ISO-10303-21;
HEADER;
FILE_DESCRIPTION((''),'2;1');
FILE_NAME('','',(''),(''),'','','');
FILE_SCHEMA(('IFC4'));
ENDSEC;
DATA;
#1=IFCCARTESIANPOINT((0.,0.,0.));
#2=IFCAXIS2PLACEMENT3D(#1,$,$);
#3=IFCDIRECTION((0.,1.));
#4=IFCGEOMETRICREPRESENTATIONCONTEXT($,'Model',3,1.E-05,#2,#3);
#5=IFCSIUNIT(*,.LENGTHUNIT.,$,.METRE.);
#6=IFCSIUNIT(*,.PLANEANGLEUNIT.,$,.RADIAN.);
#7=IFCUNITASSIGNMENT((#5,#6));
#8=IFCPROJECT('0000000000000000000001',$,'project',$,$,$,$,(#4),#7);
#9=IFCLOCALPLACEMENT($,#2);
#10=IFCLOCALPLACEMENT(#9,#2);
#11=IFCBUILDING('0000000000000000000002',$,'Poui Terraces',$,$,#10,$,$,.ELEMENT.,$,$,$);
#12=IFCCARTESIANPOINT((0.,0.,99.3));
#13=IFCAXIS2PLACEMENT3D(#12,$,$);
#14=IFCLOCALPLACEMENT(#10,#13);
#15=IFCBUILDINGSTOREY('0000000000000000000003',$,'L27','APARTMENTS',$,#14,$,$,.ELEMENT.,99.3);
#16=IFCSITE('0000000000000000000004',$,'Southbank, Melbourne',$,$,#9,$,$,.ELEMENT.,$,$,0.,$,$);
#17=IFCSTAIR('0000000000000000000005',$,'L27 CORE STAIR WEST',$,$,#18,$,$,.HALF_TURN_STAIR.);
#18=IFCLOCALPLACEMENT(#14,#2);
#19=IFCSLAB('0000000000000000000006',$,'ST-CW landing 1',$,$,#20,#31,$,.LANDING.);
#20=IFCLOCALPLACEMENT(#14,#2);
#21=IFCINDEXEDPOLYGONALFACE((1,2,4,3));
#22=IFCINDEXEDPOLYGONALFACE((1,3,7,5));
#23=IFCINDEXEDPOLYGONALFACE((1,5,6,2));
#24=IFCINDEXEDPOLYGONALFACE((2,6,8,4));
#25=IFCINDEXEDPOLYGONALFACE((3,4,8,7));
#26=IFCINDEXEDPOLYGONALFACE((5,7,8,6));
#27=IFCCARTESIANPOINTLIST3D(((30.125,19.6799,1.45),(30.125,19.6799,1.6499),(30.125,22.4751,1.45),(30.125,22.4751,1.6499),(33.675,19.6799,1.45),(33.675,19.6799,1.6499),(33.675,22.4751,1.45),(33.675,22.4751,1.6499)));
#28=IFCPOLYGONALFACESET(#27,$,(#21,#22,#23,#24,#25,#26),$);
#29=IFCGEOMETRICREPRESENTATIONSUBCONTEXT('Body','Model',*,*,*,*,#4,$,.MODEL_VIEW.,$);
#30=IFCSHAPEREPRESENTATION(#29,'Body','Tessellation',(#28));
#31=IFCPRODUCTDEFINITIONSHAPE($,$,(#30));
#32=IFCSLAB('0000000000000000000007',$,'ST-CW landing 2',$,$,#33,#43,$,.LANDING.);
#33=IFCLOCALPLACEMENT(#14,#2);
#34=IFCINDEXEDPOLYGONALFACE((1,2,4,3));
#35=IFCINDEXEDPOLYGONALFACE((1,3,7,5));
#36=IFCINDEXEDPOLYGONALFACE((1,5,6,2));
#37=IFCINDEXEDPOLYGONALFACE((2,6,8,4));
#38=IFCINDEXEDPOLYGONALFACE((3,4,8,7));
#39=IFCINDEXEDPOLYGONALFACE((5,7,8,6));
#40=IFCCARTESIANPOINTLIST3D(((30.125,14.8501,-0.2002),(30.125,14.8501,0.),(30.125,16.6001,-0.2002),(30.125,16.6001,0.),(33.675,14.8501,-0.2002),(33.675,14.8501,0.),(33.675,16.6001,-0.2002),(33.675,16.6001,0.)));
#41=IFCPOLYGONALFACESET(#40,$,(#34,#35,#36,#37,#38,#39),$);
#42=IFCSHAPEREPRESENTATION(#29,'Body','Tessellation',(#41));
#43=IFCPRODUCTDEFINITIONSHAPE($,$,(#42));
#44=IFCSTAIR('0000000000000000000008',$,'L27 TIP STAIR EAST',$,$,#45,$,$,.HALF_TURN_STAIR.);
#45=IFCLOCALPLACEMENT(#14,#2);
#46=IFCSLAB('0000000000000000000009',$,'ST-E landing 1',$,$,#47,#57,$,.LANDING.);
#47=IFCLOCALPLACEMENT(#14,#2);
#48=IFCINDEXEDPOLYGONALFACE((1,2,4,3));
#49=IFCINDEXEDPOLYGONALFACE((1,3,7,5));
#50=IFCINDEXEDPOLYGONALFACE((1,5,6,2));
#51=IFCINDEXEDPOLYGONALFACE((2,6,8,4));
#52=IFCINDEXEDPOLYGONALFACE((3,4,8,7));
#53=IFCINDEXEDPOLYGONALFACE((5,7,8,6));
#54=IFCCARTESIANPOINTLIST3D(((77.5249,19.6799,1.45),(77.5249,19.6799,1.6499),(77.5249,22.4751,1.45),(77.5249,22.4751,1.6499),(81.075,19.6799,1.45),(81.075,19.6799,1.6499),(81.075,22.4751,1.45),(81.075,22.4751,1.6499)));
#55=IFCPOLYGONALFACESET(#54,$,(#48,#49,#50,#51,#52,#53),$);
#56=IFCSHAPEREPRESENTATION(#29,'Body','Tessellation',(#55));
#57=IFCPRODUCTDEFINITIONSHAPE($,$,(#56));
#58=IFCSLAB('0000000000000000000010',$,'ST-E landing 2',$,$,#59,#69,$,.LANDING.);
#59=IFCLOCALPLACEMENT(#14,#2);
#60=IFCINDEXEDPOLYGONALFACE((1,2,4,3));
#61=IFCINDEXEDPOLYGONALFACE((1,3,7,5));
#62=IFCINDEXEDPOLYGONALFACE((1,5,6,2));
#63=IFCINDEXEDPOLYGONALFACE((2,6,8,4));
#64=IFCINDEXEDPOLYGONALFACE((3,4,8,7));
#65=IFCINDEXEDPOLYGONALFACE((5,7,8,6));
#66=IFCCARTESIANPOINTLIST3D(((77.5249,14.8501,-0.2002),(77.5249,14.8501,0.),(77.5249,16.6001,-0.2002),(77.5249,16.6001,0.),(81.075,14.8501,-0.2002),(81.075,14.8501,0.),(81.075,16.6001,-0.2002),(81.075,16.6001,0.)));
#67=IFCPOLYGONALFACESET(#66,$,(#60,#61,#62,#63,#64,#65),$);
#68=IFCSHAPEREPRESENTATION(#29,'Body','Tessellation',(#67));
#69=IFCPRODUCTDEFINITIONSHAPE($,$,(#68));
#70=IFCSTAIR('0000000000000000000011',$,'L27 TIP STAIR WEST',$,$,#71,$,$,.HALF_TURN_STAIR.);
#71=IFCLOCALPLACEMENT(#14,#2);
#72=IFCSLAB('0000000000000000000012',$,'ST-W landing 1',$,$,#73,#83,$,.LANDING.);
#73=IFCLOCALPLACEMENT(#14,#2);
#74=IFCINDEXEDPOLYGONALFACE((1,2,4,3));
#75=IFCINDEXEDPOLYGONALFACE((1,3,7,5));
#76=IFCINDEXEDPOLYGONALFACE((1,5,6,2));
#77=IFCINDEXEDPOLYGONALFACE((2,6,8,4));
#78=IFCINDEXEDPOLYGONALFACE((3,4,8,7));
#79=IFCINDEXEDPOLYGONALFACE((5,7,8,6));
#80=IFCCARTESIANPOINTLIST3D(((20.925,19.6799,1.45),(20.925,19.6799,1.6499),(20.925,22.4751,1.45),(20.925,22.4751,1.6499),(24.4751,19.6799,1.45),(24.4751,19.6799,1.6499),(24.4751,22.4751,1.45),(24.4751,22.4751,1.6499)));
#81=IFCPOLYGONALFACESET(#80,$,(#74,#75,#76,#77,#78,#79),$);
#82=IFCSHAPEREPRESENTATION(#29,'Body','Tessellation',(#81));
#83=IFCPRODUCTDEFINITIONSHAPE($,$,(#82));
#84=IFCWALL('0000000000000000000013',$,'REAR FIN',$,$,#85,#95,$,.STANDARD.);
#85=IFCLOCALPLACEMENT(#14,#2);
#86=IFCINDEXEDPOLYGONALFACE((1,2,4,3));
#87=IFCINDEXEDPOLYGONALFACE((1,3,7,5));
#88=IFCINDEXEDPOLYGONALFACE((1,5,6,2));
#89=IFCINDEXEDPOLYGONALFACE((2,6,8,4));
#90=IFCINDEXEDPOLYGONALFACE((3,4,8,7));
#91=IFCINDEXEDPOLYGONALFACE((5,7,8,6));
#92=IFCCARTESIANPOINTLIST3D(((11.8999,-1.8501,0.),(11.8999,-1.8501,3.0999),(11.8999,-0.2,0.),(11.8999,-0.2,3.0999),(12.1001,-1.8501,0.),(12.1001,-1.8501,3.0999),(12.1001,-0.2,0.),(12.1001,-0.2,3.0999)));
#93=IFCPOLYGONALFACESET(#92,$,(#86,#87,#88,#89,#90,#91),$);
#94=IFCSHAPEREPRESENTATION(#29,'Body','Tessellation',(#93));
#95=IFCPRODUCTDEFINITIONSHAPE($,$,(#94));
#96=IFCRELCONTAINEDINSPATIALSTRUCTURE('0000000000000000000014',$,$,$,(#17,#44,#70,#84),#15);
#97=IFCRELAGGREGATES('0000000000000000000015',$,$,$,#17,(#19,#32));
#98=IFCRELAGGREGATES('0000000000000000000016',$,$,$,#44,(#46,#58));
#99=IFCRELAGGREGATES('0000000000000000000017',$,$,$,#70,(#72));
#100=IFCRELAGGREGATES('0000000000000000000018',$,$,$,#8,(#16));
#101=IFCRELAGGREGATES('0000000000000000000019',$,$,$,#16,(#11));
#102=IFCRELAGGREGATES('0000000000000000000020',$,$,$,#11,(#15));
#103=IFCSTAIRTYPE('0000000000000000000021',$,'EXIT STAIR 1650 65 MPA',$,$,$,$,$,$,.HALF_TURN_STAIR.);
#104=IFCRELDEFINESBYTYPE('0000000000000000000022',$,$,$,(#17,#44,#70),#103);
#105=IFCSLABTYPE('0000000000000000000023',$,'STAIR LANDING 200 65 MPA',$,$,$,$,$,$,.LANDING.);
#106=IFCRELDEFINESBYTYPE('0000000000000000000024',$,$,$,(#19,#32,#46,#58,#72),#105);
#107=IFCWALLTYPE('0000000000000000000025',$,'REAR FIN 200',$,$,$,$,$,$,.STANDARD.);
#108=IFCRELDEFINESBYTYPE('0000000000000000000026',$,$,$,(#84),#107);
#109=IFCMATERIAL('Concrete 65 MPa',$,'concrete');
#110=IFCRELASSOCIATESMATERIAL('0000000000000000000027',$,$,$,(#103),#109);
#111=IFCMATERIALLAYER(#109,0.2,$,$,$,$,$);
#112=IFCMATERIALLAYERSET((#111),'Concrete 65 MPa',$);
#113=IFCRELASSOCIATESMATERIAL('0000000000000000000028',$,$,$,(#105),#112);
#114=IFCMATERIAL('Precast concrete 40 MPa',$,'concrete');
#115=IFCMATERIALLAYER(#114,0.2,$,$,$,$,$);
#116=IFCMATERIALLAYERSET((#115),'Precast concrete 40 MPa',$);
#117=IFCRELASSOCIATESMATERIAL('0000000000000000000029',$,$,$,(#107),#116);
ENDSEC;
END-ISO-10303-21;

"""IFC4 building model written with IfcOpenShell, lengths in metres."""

from ifc_helpers import new_model, si_unit, direction, frame, origin, place, context, subcontext, project, spatial, polyline, outline, extrude, source, transform, mapped, material, layer, layer_set, type_object, element, aggregate, save


model = new_model("IFC4")

# Units and contexts
model_context = context("Model", 3, precision=1e-05, world=origin(), true_north=direction((0.0, 1.0)))
body_context = subcontext(model_context, "Body", "Model", "MODEL_VIEW")
ifc_project = project(units=[si_unit("LENGTHUNIT", "METRE"), si_unit("PLANEANGLEUNIT", "RADIAN")], contexts=[model_context])

# Site, building, storey
site_placement = place(None, origin())
site = spatial("IfcSite", under=ifc_project, at=site_placement, Name="Southbank, Melbourne", CompositionType="ELEMENT", RefElevation=0.0)
building_placement = place(site_placement, origin())
building = spatial("IfcBuilding", under=site, at=building_placement, Name="Poui Terraces", CompositionType="ELEMENT")
storey_placement = place(building_placement, frame((0.0, 0.0, 99.3)))
storey = spatial("IfcBuildingStorey", under=building, at=storey_placement, Name="L27", Description="APARTMENTS", CompositionType="ELEMENT", Elevation=99.3)

# Stairs, slabs
ifc_material_1 = material(Name="Concrete 65 MPa", Category="concrete")
stair_type = type_object("IfcStairType", Name="EXIT STAIR 1650 65 MPA", PredefinedType="HALF_TURN_STAIR", material=ifc_material_1)
stair_1_placement = place(storey_placement, origin())
stair_1 = element("IfcStair", 1, at=stair_1_placement, inside=storey, type_object=stair_type, Name="L27 CORE STAIR WEST", PredefinedType="HALF_TURN_STAIR")
ifc_layer_1 = layer(ifc_material_1, 0.2)
ifc_layer_set_1 = layer_set([ifc_layer_1], Name="Concrete 65 MPa")
slab_type = type_object("IfcSlabType", Name="STAIR LANDING 200 65 MPA", PredefinedType="LANDING", material=ifc_layer_set_1)
slab_1_placement = place(storey_placement, frame((0.0, 0.0, 1.45)))
slab_1 = element("IfcSlab", 2, at=slab_1_placement, type_object=slab_type, Name="ST-CW landing 1", PredefinedType="LANDING", context=body_context, shape_type="SweptSolid", body=[
    extrude(outline(polyline([(30.125, 19.6799), (33.675, 19.6799), (33.675, 22.4751), (30.125, 22.4751), (30.125, 19.6799)])), origin(), (0.0, 0.0, 1.0), 0.2),
])
slab_2_placement = place(storey_placement, frame((0.0, 0.0, -0.2002)))
slab_2 = element("IfcSlab", 3, at=slab_2_placement, type_object=slab_type, Name="ST-CW landing 2", PredefinedType="LANDING", context=body_context, shape_type="SweptSolid", body=[
    extrude(outline(polyline([(30.125, 14.8501), (33.675, 14.8501), (33.675, 16.6001), (30.125, 16.6001), (30.125, 14.8501)])), origin(), (0.0, 0.0, 1.0), 0.2002),
])
aggregate(stair_1, [slab_1, slab_2])
stair_2_placement = place(storey_placement, origin())
stair_2 = element("IfcStair", 4, at=stair_2_placement, inside=storey, type_object=stair_type, Name="L27 TIP STAIR EAST", PredefinedType="HALF_TURN_STAIR")
slab_3_placement = place(storey_placement, frame((0.0, 0.0, 1.45)))
slab_3 = element("IfcSlab", 5, at=slab_3_placement, type_object=slab_type, Name="ST-E landing 1", PredefinedType="LANDING", context=body_context, shape_type="SweptSolid", body=[
    extrude(outline(polyline([(77.5249, 19.6799), (81.075, 19.6799), (81.075, 22.4751), (77.5249, 22.4751), (77.5249, 19.6799)])), origin(), (0.0, 0.0, 1.0), 0.2),
])
slab_4_placement = place(storey_placement, frame((0.0, 0.0, -0.2002)))
slab_4 = element("IfcSlab", 6, at=slab_4_placement, type_object=slab_type, Name="ST-E landing 2", PredefinedType="LANDING", context=body_context, shape_type="SweptSolid", body=[
    extrude(outline(polyline([(77.5249, 14.8501), (81.075, 14.8501), (81.075, 16.6001), (77.5249, 16.6001), (77.5249, 14.8501)])), origin(), (0.0, 0.0, 1.0), 0.2002),
])
aggregate(stair_2, [slab_3, slab_4])

# Stair, slab
stair_3_placement = place(storey_placement, origin())
stair_3 = element("IfcStair", 7, at=stair_3_placement, inside=storey, type_object=stair_type, Name="L27 TIP STAIR WEST", PredefinedType="HALF_TURN_STAIR")
slab_5_placement = place(storey_placement, frame((0.0, 0.0, 1.45)))
slab_5 = element("IfcSlab", 8, at=slab_5_placement, type_object=slab_type, Name="ST-W landing 1", PredefinedType="LANDING", context=body_context, shape_type="SweptSolid", body=[
    extrude(outline(polyline([(20.925, 19.6799), (24.4751, 19.6799), (24.4751, 22.4751), (20.925, 22.4751), (20.925, 19.6799)])), origin(), (0.0, 0.0, 1.0), 0.2),
])
aggregate(stair_3, [slab_5])

# Wall
ifc_material_2 = material(Name="Precast concrete 40 MPa", Category="concrete")
ifc_layer_2 = layer(ifc_material_2, 0.2)
ifc_layer_set_2 = layer_set([ifc_layer_2], Name="Precast concrete 40 MPa")
wall_type = type_object("IfcWallType", Name="REAR FIN 200", PredefinedType="STANDARD", material=ifc_layer_set_2)
shared_shape = source(origin(), body_context, "Body", "SweptSolid", [
    extrude(outline(polyline([(0.0, 0.0), (0.2002, 0.0), (0.2002, 1.6501), (0.0, 1.6501), (0.0, 0.0)])), origin(), (0.0, 0.0, 1.0), 3.0999),
])
wall_placement = place(storey_placement, frame((11.8999, -1.8501, 0.0)))
element("IfcWall", 9, at=wall_placement, inside=storey, type_object=wall_type, Name="REAR FIN", PredefinedType="STANDARD", context=body_context, shape_type="MappedRepresentation", body=[
    mapped(shared_shape, transform((0.0, 0.0, 0.0))),
])

save(model, "model.ifc")
